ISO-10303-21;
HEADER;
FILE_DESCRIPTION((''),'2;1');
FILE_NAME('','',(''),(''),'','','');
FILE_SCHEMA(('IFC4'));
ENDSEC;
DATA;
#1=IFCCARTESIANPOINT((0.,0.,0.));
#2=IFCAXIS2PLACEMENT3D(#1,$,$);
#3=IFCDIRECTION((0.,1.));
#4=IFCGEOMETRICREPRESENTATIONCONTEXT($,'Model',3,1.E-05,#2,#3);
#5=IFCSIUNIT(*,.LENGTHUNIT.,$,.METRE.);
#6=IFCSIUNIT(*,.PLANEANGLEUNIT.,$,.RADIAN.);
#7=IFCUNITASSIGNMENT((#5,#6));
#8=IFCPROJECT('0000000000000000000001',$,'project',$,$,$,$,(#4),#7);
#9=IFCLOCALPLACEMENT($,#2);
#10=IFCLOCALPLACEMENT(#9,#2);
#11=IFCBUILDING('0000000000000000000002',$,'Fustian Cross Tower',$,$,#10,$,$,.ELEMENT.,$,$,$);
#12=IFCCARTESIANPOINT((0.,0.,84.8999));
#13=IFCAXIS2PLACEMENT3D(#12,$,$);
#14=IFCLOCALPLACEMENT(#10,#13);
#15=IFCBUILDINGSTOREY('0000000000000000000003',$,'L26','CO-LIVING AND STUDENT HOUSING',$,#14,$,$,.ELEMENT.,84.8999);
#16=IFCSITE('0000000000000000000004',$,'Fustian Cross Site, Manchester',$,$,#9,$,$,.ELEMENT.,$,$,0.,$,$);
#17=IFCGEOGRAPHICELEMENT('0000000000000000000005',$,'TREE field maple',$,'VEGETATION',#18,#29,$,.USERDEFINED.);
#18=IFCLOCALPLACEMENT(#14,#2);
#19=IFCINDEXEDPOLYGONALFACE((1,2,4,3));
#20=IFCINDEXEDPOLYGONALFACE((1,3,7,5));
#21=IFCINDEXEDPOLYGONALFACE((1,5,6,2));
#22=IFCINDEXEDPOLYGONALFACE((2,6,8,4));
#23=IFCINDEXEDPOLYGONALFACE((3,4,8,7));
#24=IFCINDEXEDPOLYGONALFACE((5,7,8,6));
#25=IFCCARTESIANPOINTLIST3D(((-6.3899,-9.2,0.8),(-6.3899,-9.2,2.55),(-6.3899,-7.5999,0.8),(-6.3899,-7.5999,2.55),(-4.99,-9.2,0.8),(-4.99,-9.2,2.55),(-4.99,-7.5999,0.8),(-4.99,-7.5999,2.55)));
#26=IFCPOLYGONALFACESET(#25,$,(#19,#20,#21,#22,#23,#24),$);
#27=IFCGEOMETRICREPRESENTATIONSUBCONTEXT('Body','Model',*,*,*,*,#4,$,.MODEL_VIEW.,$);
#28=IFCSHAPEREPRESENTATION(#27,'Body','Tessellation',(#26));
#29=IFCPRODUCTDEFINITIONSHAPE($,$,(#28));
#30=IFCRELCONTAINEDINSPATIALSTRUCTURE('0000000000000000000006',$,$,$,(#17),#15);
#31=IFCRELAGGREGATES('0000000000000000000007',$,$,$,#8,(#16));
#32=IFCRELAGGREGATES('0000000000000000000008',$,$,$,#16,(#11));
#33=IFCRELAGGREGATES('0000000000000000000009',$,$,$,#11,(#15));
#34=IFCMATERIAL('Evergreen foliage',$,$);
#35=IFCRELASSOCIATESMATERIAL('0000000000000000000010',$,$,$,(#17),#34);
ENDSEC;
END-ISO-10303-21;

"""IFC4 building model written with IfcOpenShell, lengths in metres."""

from ifc_helpers import new_model, si_unit, direction, frame, origin, origin_2d, place, context, subcontext, project, spatial, rectangle, extrude, material, element, save


model = new_model("IFC4")

# Units and contexts
model_context = context("Model", 3, precision=1e-05, world=origin(), true_north=direction((0.0, 1.0)))
body_context = subcontext(model_context, "Body", "Model", "MODEL_VIEW")
ifc_project = project(units=[si_unit("LENGTHUNIT", "METRE"), si_unit("PLANEANGLEUNIT", "RADIAN")], contexts=[model_context])

# Site, building, storey
site_placement = place(None, origin())
site = spatial("IfcSite", under=ifc_project, at=site_placement, Name="Fustian Cross Site, Manchester", CompositionType="ELEMENT", RefElevation=0.0)
building_placement = place(site_placement, origin())
building = spatial("IfcBuilding", under=site, at=building_placement, Name="Fustian Cross Tower", CompositionType="ELEMENT")
storey_placement = place(building_placement, frame((0.0, 0.0, 84.8999)))
storey = spatial("IfcBuildingStorey", under=building, at=storey_placement, Name="L26", Description="CO-LIVING AND STUDENT HOUSING", CompositionType="ELEMENT", Elevation=84.8999)

# Geographic element
ifc_material_1 = material(Name="Evergreen foliage")
for number, where, z_axis, x_axis, name in (
    (1, (-5.6899, -8.3999, 0.8), (0.0, 0.0, 1.0), (1.0, 0.0, 0.0), "TREE field maple"),
):
    element("IfcGeographicElement", number, at=place(storey_placement, frame(where, z_axis=z_axis, x_axis=x_axis)), inside=storey, material=ifc_material_1, Name=name, ObjectType="VEGETATION", PredefinedType="USERDEFINED", context=body_context, shape_type="SweptSolid", body=[
        extrude(rectangle(XDim=1.3999, YDim=1.6001, at=origin_2d()), origin(), (0.0, 0.0, 1.0), 1.75),
    ])

save(model, "model.ifc")
